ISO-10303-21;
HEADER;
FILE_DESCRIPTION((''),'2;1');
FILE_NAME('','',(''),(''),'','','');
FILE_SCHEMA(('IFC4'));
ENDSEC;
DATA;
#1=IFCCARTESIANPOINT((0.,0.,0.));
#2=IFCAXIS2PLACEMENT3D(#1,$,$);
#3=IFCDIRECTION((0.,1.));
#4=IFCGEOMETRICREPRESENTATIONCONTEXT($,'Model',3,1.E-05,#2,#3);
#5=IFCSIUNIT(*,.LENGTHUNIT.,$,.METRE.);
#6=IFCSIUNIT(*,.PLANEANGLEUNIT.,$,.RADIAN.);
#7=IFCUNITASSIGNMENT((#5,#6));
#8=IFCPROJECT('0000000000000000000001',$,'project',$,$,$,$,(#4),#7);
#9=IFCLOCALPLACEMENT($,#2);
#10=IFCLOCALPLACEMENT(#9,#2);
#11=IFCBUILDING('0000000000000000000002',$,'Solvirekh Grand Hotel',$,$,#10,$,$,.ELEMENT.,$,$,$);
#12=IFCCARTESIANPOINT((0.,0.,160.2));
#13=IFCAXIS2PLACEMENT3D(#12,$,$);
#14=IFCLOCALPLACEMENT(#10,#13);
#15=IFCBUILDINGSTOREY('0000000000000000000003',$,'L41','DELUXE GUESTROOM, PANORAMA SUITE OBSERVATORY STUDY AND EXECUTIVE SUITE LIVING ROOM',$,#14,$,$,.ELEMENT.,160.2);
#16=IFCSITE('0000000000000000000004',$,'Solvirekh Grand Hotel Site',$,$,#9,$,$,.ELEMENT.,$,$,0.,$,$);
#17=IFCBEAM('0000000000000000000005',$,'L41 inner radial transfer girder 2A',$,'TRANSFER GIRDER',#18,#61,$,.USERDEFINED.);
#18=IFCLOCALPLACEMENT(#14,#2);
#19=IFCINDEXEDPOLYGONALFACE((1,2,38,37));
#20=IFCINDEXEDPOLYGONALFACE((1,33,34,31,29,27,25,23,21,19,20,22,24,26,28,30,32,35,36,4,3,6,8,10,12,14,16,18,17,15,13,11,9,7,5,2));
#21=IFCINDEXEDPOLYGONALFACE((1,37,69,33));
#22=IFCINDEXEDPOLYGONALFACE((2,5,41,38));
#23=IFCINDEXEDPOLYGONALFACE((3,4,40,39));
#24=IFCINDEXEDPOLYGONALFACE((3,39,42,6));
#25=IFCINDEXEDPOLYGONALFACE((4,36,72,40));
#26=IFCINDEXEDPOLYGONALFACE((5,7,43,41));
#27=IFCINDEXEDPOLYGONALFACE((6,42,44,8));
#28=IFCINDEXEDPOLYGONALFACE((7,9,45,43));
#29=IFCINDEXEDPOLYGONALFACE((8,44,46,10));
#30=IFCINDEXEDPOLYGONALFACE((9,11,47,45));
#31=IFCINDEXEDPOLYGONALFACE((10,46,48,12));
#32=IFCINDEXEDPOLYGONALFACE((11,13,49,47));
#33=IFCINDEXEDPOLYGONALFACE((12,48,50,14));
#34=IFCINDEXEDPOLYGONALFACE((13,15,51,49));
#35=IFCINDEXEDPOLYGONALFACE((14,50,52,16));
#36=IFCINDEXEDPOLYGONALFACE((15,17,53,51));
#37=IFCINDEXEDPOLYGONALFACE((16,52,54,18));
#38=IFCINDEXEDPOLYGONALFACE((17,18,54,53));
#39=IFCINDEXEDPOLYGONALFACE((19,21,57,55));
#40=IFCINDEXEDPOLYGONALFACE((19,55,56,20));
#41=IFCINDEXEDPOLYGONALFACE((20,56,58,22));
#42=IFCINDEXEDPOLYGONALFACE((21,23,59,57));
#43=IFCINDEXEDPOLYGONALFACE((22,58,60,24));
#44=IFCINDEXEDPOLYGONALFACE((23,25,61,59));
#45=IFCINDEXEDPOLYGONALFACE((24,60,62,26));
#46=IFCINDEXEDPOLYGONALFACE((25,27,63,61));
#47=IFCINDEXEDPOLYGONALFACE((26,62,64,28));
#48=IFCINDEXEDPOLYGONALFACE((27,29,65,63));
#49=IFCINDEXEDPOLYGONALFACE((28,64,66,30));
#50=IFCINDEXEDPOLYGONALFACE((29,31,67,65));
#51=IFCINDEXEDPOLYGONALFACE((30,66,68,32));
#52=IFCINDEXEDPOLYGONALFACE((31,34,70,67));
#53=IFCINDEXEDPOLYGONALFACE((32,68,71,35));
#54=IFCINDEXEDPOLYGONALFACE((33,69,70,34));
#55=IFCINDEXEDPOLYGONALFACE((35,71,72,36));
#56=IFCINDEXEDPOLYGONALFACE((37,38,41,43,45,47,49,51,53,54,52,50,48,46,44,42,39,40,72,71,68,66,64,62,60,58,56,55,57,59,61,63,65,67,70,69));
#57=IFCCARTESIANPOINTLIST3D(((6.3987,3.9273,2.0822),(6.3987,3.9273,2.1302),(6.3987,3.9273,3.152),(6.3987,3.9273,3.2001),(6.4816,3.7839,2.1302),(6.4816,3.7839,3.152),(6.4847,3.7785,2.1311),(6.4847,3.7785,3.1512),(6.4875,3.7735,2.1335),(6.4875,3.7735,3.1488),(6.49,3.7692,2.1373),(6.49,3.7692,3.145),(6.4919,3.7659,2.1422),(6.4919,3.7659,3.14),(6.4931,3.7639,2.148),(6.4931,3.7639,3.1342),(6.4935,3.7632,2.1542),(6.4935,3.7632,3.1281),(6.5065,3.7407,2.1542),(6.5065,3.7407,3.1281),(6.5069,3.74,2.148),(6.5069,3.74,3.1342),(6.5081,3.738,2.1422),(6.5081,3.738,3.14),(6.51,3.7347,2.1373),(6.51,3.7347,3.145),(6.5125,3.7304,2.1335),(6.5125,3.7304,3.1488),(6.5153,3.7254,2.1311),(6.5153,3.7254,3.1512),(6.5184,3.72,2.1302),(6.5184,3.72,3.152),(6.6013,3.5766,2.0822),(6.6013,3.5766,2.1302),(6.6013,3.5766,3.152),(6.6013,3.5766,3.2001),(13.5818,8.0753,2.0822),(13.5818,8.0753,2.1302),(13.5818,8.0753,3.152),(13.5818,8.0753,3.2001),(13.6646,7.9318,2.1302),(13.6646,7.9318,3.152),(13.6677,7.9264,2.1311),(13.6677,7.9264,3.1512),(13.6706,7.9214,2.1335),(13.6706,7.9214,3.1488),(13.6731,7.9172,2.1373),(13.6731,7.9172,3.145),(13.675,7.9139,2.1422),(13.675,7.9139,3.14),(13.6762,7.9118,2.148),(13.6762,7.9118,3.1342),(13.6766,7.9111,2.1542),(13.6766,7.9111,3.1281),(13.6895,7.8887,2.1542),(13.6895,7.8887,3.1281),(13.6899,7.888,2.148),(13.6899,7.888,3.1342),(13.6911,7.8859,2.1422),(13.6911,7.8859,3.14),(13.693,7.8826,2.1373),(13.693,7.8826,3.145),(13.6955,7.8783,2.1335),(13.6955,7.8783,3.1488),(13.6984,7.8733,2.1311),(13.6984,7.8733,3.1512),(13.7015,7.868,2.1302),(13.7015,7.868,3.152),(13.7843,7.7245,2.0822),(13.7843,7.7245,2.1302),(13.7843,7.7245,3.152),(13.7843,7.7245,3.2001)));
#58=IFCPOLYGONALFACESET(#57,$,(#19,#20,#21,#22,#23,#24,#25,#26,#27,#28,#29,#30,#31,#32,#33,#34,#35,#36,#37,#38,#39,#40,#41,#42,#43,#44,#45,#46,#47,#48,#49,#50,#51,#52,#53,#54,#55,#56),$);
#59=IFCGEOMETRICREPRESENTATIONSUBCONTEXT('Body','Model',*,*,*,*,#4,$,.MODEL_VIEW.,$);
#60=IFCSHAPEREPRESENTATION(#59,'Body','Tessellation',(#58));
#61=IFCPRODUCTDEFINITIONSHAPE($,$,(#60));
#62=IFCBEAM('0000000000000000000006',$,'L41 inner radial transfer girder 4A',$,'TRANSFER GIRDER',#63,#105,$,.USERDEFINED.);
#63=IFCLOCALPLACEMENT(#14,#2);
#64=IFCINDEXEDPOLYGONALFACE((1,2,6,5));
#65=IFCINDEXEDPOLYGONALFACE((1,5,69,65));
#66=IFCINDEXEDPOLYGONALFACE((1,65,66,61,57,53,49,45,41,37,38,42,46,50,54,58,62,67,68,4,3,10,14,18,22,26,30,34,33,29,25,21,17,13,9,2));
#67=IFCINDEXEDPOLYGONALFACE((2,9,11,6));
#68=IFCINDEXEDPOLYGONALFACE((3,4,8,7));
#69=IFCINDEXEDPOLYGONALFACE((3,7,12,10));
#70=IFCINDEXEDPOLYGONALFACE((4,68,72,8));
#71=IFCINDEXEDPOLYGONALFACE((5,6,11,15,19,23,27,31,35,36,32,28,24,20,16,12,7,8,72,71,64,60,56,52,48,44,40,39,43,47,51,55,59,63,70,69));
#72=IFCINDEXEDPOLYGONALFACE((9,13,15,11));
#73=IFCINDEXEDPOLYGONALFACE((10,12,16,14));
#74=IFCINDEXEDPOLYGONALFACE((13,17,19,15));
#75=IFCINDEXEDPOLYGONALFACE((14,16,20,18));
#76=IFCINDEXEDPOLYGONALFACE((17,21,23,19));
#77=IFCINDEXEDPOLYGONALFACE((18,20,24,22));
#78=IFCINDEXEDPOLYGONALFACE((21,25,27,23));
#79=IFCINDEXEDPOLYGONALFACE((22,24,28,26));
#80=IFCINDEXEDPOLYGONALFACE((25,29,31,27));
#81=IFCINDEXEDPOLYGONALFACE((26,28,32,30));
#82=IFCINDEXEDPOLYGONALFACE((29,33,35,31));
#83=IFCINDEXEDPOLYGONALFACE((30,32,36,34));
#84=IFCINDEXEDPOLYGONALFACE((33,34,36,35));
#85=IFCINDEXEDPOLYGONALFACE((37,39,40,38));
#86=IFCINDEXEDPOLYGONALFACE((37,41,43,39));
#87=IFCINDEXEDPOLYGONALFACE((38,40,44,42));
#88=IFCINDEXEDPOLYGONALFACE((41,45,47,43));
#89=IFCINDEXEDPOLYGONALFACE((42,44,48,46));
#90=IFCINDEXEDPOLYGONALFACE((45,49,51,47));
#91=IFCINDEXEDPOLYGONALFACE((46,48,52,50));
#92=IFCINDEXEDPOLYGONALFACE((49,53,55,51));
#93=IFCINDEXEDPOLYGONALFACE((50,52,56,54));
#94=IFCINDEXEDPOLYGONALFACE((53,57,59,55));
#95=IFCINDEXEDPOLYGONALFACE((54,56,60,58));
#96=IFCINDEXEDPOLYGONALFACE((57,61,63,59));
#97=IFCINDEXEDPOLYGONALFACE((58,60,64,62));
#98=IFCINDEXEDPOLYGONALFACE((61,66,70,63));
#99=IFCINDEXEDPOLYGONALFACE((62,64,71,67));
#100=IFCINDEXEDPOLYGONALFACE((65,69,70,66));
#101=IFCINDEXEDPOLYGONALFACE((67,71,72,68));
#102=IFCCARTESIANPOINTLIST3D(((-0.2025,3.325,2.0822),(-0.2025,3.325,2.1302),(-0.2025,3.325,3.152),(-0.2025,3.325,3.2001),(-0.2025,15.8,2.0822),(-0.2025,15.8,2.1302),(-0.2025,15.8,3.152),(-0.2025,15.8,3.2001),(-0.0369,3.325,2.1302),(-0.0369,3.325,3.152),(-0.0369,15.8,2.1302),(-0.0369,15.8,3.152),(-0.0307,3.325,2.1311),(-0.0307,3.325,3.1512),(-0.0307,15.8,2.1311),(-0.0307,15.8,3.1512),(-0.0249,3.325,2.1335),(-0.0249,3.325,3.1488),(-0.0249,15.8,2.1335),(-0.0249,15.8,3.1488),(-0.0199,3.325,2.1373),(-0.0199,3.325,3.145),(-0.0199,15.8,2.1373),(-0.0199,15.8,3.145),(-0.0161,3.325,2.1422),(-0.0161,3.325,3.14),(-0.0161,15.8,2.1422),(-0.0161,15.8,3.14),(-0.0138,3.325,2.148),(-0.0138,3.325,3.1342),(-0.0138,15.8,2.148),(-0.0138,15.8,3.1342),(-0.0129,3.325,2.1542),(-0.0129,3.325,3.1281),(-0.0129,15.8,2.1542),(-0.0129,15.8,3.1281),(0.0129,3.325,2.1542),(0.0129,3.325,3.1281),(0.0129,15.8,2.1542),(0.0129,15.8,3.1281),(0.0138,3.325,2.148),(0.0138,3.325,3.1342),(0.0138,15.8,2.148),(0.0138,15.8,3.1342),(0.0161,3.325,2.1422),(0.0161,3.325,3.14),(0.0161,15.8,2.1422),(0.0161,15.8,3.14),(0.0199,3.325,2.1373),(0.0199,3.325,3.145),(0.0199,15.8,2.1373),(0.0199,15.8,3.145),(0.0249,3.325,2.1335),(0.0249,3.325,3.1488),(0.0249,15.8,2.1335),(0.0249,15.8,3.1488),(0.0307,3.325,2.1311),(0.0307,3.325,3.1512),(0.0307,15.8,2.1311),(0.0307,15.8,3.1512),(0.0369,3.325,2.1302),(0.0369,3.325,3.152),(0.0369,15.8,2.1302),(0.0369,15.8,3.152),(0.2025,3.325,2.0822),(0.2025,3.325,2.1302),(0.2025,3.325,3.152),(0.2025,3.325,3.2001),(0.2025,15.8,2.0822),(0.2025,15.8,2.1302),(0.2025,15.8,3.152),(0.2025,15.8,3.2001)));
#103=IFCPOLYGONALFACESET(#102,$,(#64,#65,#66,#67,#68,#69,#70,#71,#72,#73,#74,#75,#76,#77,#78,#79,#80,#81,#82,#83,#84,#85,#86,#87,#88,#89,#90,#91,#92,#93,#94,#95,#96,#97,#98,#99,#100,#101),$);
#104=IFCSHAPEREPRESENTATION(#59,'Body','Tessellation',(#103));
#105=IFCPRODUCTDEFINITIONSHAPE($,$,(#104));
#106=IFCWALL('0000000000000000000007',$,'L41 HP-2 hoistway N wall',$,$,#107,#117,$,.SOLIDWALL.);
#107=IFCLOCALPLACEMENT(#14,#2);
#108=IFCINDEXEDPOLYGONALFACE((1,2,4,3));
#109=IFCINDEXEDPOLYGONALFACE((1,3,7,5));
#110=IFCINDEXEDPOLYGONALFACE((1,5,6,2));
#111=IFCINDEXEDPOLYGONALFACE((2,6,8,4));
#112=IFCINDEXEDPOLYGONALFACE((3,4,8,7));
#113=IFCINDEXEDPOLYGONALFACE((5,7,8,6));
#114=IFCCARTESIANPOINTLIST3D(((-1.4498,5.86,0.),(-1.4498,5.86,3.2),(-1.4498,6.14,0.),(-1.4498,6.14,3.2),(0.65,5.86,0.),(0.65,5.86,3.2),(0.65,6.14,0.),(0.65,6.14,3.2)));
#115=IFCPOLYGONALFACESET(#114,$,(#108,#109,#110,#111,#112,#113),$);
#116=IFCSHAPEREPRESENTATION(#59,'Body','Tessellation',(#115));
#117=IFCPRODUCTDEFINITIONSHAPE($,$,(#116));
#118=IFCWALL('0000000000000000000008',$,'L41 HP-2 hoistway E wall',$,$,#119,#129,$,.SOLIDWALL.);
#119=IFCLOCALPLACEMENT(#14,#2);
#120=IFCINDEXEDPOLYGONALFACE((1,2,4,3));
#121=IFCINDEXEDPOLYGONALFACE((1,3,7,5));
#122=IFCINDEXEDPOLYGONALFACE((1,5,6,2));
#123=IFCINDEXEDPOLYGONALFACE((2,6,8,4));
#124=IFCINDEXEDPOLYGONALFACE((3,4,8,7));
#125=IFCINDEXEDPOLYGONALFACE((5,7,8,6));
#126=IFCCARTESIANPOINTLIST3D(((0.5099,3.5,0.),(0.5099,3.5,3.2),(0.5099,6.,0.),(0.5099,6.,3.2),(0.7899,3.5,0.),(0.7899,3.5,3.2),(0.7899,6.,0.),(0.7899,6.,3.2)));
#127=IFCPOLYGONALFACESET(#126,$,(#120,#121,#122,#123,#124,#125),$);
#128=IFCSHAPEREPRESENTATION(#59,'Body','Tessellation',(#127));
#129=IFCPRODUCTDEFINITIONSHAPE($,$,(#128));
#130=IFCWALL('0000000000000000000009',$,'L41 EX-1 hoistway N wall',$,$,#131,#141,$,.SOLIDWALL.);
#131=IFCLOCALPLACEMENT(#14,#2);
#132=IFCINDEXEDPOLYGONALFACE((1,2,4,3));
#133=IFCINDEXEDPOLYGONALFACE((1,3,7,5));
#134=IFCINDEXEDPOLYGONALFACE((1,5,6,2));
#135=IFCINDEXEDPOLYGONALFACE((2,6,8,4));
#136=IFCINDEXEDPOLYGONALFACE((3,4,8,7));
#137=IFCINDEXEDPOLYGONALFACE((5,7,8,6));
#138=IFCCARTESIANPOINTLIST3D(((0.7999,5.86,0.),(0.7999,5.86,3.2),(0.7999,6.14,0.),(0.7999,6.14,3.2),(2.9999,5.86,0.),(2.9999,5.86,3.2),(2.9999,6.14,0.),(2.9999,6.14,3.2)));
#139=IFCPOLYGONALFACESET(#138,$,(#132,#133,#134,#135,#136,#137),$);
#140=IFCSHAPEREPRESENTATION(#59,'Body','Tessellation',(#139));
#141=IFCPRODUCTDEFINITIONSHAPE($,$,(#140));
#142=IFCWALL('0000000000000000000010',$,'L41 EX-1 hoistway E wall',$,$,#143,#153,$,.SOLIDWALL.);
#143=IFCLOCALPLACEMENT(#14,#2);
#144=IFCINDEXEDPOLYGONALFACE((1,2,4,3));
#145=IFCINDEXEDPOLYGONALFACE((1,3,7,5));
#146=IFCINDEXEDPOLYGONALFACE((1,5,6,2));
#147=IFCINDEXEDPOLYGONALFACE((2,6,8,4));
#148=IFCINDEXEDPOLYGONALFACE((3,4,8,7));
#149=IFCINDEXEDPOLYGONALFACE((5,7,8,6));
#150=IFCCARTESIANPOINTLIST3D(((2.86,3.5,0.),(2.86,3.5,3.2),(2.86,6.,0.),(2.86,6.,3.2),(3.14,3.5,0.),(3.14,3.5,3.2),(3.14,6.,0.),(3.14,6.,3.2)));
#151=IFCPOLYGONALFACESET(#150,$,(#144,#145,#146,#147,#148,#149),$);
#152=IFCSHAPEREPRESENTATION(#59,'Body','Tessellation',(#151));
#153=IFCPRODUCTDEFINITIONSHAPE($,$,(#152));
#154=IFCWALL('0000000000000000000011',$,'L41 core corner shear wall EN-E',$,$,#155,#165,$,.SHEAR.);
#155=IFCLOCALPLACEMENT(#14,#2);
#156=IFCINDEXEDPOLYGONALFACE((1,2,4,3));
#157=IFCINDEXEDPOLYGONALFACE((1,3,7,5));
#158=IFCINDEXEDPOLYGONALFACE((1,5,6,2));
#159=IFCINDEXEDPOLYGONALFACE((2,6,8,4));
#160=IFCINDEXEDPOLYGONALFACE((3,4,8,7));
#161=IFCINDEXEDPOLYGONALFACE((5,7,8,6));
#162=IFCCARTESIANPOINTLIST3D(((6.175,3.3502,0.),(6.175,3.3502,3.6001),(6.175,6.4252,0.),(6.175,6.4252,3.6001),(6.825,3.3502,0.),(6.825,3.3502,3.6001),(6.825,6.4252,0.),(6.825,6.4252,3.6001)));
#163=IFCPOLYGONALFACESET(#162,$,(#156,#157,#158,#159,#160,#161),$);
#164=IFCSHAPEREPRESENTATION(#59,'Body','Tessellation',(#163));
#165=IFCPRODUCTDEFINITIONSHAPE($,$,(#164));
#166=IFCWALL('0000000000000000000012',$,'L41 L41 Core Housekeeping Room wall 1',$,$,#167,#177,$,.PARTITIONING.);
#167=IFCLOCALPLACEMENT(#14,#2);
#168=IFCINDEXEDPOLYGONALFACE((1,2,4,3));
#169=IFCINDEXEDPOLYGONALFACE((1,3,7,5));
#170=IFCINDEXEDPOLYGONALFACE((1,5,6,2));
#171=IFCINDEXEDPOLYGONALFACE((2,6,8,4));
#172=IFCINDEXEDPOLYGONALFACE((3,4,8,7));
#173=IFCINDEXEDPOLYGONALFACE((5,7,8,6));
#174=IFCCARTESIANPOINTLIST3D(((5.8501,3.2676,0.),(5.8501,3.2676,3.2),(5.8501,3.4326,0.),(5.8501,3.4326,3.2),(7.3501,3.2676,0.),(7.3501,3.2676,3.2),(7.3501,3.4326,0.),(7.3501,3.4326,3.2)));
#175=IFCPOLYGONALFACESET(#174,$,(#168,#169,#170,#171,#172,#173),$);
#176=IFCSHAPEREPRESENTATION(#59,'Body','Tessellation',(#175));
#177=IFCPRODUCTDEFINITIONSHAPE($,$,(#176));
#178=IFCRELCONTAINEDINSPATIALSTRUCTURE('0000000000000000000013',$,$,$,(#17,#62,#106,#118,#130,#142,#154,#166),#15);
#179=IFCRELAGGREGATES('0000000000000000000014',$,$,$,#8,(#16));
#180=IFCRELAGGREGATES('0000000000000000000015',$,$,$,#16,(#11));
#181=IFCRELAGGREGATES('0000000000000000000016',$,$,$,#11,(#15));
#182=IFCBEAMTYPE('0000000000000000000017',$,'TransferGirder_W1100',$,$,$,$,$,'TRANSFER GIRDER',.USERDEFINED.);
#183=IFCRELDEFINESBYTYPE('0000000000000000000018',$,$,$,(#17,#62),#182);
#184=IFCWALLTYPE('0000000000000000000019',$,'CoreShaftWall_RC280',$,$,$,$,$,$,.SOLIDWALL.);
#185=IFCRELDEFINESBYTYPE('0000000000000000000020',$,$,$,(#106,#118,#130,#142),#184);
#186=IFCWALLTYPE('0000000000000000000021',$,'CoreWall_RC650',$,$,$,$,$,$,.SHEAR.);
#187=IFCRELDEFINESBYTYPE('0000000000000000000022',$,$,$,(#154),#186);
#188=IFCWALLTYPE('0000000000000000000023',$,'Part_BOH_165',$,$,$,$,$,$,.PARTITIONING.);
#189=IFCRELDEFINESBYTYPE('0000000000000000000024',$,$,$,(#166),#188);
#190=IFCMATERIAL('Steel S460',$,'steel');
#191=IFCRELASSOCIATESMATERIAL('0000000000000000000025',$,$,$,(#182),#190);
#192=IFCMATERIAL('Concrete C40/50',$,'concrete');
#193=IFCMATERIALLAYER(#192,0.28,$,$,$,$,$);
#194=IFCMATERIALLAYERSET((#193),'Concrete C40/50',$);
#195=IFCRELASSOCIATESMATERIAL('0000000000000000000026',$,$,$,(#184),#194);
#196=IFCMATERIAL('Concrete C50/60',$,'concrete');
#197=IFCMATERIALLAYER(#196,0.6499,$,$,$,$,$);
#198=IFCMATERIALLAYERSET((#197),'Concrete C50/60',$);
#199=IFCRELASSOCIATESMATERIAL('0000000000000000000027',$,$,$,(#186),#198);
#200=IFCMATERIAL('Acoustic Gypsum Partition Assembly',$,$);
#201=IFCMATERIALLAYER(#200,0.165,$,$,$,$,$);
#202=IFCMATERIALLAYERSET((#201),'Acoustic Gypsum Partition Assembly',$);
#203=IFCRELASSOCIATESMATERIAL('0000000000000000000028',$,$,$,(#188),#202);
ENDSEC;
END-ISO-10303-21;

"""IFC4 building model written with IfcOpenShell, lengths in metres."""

from ifc_helpers import new_model, si_unit, direction, frame, frame_2d, origin, origin_2d, place, context, subcontext, project, spatial, rectangle, i_section, extrude, material, layer, layer_set, material_profile, profile_set, type_object, element, save


model = new_model("IFC4")

# Units and contexts
model_context = context("Model", 3, precision=1e-05, world=origin(), true_north=direction((0.0, 1.0)))
body_context = subcontext(model_context, "Body", "Model", "MODEL_VIEW")
ifc_project = project(units=[si_unit("LENGTHUNIT", "METRE"), si_unit("PLANEANGLEUNIT", "RADIAN")], contexts=[model_context])

# Site, building, storey
site_placement = place(None, origin())
site = spatial("IfcSite", under=ifc_project, at=site_placement, Name="Solvirekh Grand Hotel Site", CompositionType="ELEMENT", RefElevation=0.0)
building_placement = place(site_placement, origin())
building = spatial("IfcBuilding", under=site, at=building_placement, Name="Solvirekh Grand Hotel", CompositionType="ELEMENT")
storey_placement = place(building_placement, frame((0.0, 0.0, 160.2)))
storey = spatial("IfcBuildingStorey", under=building, at=storey_placement, Name="L41", Description="DELUXE GUESTROOM, PANORAMA SUITE OBSERVATORY STUDY AND EXECUTIVE SUITE LIVING ROOM", CompositionType="ELEMENT", Elevation=160.2)

# Shared definitions
ifc_material_1 = material(Name="Concrete C50/60", Category="concrete")

# Beams
ifc_material_2 = material(Name="Steel S460", Category="steel")
ifc_material_profile_1 = material_profile(ifc_material_2, i_section(OverallWidth=0.405, OverallDepth=1.1179, WebThickness=0.0259, FlangeThickness=0.0481, FilletRadius=0.0239, at=origin_2d()), Name="W1100X499")
ifc_profile_set_1 = profile_set([ifc_material_profile_1], Name="Steel S460")
beam_type_1 = type_object("IfcBeamType", Name="TransferGirder_W1100", ElementType="TRANSFER GIRDER", PredefinedType="USERDEFINED", material=ifc_profile_set_1)
beam_1_placement = place(storey_placement, frame((6.5, 3.752, 2.6411), z_axis=(0.865985, 0.500071, 0.0), x_axis=(-0.500071, 0.865985, 0.0)))
element("IfcBeam", 1, at=beam_1_placement, inside=storey, type_object=beam_type_1, Name="L41 inner radial transfer girder 2A", ObjectType="TRANSFER GIRDER", PredefinedType="USERDEFINED", context=body_context, shape_type="SweptSolid", body=[
    extrude(i_section(OverallWidth=0.405, OverallDepth=1.1179, WebThickness=0.0259, FlangeThickness=0.0481, FilletRadius=0.0239, at=origin_2d()), origin(), (0.0, 0.0, 1.0), 8.2947),
])
beam_2_placement = place(storey_placement, frame((0.0, 3.325, 2.6411), z_axis=(0.0, 1.0, 0.0), x_axis=(-1.0, 0.0, 0.0)))
element("IfcBeam", 2, at=beam_2_placement, inside=storey, type_object=beam_type_1, Name="L41 inner radial transfer girder 4A", ObjectType="TRANSFER GIRDER", PredefinedType="USERDEFINED", context=body_context, shape_type="SweptSolid", body=[
    extrude(i_section(OverallWidth=0.405, OverallDepth=1.1179, WebThickness=0.0259, FlangeThickness=0.0481, FilletRadius=0.0239, at=origin_2d()), origin(), (0.0, 0.0, 1.0), 12.4751),
])

# Walls
ifc_material_3 = material(Name="Concrete C40/50", Category="concrete")
ifc_layer_1 = layer(ifc_material_3, 0.28)
ifc_layer_set_1 = layer_set([ifc_layer_1], Name="Concrete C40/50")
wall_type_1 = type_object("IfcWallType", Name="CoreShaftWall_RC280", PredefinedType="SOLIDWALL", material=ifc_layer_set_1)
wall_1_placement = place(storey_placement, frame((0.6499, 6.0, 0.0), z_axis=(0.0, 0.0, 1.0), x_axis=(-1.0, 0.0, 0.0)))
element("IfcWall", 3, at=wall_1_placement, inside=storey, type_object=wall_type_1, Name="L41 HP-2 hoistway N wall", PredefinedType="SOLIDWALL", context=body_context, shape_type="SweptSolid", body=[
    extrude(rectangle(XDim=2.0999, YDim=0.28, at=frame_2d((1.0498, 0.0))), origin(), (0.0, 0.0, 1.0), 3.2),
])
wall_2_placement = place(storey_placement, frame((0.6499, 3.5, 0.0), z_axis=(0.0, 0.0, 1.0), x_axis=(0.0, 1.0, 0.0)))
element("IfcWall", 4, at=wall_2_placement, inside=storey, type_object=wall_type_1, Name="L41 HP-2 hoistway E wall", PredefinedType="SOLIDWALL", context=body_context, shape_type="SweptSolid", body=[
    extrude(rectangle(XDim=2.5, YDim=0.28, at=frame_2d((1.25, 0.0))), origin(), (0.0, 0.0, 1.0), 3.2),
])
wall_3_placement = place(storey_placement, frame((3.0, 6.0, 0.0), z_axis=(0.0, 0.0, 1.0), x_axis=(-1.0, 0.0, 0.0)))
element("IfcWall", 5, at=wall_3_placement, inside=storey, type_object=wall_type_1, Name="L41 EX-1 hoistway N wall", PredefinedType="SOLIDWALL", context=body_context, shape_type="SweptSolid", body=[
    extrude(rectangle(XDim=2.2, YDim=0.28, at=frame_2d((1.1001, 0.0))), origin(), (0.0, 0.0, 1.0), 3.2),
])
wall_4_placement = place(storey_placement, frame((3.0, 3.5, 0.0), z_axis=(0.0, 0.0, 1.0), x_axis=(0.0, 1.0, 0.0)))
element("IfcWall", 6, at=wall_4_placement, inside=storey, type_object=wall_type_1, Name="L41 EX-1 hoistway E wall", PredefinedType="SOLIDWALL", context=body_context, shape_type="SweptSolid", body=[
    extrude(rectangle(XDim=2.5, YDim=0.28, at=frame_2d((1.25, 0.0))), origin(), (0.0, 0.0, 1.0), 3.2),
])
ifc_layer_2 = layer(ifc_material_1, 0.6499)
ifc_layer_set_2 = layer_set([ifc_layer_2], Name="Concrete C50/60")
wall_type_2 = type_object("IfcWallType", Name="CoreWall_RC650", PredefinedType="SHEAR", material=ifc_layer_set_2)
wall_5_placement = place(storey_placement, frame((6.5, 3.3501, 0.0), z_axis=(0.0, 0.0, 1.0), x_axis=(0.0, 1.0, 0.0)))
element("IfcWall", 7, at=wall_5_placement, inside=storey, type_object=wall_type_2, Name="L41 core corner shear wall EN-E", PredefinedType="SHEAR", context=body_context, shape_type="SweptSolid", body=[
    extrude(rectangle(XDim=3.075, YDim=0.6499, at=frame_2d((1.5376, 0.0))), origin(), (0.0, 0.0, 1.0), 3.6001),
])
ifc_material_4 = material(Name="Acoustic Gypsum Partition Assembly")
ifc_layer_3 = layer(ifc_material_4, 0.165)
ifc_layer_set_3 = layer_set([ifc_layer_3], Name="Acoustic Gypsum Partition Assembly")
wall_type_3 = type_object("IfcWallType", Name="Part_BOH_165", PredefinedType="PARTITIONING", material=ifc_layer_set_3)
wall_6_placement = place(storey_placement, frame((5.8501, 3.3501, 0.0), z_axis=(0.0, 0.0, 1.0), x_axis=(1.0, 0.0, 0.0)))
element("IfcWall", 8, at=wall_6_placement, inside=storey, type_object=wall_type_3, Name="L41 L41 Core Housekeeping Room wall 1", PredefinedType="PARTITIONING", context=body_context, shape_type="SweptSolid", body=[
    extrude(rectangle(XDim=1.5, YDim=0.165, at=frame_2d((0.75, 0.0))), origin(), (0.0, 0.0, 1.0), 3.2),
])

save(model, "model.ifc")
